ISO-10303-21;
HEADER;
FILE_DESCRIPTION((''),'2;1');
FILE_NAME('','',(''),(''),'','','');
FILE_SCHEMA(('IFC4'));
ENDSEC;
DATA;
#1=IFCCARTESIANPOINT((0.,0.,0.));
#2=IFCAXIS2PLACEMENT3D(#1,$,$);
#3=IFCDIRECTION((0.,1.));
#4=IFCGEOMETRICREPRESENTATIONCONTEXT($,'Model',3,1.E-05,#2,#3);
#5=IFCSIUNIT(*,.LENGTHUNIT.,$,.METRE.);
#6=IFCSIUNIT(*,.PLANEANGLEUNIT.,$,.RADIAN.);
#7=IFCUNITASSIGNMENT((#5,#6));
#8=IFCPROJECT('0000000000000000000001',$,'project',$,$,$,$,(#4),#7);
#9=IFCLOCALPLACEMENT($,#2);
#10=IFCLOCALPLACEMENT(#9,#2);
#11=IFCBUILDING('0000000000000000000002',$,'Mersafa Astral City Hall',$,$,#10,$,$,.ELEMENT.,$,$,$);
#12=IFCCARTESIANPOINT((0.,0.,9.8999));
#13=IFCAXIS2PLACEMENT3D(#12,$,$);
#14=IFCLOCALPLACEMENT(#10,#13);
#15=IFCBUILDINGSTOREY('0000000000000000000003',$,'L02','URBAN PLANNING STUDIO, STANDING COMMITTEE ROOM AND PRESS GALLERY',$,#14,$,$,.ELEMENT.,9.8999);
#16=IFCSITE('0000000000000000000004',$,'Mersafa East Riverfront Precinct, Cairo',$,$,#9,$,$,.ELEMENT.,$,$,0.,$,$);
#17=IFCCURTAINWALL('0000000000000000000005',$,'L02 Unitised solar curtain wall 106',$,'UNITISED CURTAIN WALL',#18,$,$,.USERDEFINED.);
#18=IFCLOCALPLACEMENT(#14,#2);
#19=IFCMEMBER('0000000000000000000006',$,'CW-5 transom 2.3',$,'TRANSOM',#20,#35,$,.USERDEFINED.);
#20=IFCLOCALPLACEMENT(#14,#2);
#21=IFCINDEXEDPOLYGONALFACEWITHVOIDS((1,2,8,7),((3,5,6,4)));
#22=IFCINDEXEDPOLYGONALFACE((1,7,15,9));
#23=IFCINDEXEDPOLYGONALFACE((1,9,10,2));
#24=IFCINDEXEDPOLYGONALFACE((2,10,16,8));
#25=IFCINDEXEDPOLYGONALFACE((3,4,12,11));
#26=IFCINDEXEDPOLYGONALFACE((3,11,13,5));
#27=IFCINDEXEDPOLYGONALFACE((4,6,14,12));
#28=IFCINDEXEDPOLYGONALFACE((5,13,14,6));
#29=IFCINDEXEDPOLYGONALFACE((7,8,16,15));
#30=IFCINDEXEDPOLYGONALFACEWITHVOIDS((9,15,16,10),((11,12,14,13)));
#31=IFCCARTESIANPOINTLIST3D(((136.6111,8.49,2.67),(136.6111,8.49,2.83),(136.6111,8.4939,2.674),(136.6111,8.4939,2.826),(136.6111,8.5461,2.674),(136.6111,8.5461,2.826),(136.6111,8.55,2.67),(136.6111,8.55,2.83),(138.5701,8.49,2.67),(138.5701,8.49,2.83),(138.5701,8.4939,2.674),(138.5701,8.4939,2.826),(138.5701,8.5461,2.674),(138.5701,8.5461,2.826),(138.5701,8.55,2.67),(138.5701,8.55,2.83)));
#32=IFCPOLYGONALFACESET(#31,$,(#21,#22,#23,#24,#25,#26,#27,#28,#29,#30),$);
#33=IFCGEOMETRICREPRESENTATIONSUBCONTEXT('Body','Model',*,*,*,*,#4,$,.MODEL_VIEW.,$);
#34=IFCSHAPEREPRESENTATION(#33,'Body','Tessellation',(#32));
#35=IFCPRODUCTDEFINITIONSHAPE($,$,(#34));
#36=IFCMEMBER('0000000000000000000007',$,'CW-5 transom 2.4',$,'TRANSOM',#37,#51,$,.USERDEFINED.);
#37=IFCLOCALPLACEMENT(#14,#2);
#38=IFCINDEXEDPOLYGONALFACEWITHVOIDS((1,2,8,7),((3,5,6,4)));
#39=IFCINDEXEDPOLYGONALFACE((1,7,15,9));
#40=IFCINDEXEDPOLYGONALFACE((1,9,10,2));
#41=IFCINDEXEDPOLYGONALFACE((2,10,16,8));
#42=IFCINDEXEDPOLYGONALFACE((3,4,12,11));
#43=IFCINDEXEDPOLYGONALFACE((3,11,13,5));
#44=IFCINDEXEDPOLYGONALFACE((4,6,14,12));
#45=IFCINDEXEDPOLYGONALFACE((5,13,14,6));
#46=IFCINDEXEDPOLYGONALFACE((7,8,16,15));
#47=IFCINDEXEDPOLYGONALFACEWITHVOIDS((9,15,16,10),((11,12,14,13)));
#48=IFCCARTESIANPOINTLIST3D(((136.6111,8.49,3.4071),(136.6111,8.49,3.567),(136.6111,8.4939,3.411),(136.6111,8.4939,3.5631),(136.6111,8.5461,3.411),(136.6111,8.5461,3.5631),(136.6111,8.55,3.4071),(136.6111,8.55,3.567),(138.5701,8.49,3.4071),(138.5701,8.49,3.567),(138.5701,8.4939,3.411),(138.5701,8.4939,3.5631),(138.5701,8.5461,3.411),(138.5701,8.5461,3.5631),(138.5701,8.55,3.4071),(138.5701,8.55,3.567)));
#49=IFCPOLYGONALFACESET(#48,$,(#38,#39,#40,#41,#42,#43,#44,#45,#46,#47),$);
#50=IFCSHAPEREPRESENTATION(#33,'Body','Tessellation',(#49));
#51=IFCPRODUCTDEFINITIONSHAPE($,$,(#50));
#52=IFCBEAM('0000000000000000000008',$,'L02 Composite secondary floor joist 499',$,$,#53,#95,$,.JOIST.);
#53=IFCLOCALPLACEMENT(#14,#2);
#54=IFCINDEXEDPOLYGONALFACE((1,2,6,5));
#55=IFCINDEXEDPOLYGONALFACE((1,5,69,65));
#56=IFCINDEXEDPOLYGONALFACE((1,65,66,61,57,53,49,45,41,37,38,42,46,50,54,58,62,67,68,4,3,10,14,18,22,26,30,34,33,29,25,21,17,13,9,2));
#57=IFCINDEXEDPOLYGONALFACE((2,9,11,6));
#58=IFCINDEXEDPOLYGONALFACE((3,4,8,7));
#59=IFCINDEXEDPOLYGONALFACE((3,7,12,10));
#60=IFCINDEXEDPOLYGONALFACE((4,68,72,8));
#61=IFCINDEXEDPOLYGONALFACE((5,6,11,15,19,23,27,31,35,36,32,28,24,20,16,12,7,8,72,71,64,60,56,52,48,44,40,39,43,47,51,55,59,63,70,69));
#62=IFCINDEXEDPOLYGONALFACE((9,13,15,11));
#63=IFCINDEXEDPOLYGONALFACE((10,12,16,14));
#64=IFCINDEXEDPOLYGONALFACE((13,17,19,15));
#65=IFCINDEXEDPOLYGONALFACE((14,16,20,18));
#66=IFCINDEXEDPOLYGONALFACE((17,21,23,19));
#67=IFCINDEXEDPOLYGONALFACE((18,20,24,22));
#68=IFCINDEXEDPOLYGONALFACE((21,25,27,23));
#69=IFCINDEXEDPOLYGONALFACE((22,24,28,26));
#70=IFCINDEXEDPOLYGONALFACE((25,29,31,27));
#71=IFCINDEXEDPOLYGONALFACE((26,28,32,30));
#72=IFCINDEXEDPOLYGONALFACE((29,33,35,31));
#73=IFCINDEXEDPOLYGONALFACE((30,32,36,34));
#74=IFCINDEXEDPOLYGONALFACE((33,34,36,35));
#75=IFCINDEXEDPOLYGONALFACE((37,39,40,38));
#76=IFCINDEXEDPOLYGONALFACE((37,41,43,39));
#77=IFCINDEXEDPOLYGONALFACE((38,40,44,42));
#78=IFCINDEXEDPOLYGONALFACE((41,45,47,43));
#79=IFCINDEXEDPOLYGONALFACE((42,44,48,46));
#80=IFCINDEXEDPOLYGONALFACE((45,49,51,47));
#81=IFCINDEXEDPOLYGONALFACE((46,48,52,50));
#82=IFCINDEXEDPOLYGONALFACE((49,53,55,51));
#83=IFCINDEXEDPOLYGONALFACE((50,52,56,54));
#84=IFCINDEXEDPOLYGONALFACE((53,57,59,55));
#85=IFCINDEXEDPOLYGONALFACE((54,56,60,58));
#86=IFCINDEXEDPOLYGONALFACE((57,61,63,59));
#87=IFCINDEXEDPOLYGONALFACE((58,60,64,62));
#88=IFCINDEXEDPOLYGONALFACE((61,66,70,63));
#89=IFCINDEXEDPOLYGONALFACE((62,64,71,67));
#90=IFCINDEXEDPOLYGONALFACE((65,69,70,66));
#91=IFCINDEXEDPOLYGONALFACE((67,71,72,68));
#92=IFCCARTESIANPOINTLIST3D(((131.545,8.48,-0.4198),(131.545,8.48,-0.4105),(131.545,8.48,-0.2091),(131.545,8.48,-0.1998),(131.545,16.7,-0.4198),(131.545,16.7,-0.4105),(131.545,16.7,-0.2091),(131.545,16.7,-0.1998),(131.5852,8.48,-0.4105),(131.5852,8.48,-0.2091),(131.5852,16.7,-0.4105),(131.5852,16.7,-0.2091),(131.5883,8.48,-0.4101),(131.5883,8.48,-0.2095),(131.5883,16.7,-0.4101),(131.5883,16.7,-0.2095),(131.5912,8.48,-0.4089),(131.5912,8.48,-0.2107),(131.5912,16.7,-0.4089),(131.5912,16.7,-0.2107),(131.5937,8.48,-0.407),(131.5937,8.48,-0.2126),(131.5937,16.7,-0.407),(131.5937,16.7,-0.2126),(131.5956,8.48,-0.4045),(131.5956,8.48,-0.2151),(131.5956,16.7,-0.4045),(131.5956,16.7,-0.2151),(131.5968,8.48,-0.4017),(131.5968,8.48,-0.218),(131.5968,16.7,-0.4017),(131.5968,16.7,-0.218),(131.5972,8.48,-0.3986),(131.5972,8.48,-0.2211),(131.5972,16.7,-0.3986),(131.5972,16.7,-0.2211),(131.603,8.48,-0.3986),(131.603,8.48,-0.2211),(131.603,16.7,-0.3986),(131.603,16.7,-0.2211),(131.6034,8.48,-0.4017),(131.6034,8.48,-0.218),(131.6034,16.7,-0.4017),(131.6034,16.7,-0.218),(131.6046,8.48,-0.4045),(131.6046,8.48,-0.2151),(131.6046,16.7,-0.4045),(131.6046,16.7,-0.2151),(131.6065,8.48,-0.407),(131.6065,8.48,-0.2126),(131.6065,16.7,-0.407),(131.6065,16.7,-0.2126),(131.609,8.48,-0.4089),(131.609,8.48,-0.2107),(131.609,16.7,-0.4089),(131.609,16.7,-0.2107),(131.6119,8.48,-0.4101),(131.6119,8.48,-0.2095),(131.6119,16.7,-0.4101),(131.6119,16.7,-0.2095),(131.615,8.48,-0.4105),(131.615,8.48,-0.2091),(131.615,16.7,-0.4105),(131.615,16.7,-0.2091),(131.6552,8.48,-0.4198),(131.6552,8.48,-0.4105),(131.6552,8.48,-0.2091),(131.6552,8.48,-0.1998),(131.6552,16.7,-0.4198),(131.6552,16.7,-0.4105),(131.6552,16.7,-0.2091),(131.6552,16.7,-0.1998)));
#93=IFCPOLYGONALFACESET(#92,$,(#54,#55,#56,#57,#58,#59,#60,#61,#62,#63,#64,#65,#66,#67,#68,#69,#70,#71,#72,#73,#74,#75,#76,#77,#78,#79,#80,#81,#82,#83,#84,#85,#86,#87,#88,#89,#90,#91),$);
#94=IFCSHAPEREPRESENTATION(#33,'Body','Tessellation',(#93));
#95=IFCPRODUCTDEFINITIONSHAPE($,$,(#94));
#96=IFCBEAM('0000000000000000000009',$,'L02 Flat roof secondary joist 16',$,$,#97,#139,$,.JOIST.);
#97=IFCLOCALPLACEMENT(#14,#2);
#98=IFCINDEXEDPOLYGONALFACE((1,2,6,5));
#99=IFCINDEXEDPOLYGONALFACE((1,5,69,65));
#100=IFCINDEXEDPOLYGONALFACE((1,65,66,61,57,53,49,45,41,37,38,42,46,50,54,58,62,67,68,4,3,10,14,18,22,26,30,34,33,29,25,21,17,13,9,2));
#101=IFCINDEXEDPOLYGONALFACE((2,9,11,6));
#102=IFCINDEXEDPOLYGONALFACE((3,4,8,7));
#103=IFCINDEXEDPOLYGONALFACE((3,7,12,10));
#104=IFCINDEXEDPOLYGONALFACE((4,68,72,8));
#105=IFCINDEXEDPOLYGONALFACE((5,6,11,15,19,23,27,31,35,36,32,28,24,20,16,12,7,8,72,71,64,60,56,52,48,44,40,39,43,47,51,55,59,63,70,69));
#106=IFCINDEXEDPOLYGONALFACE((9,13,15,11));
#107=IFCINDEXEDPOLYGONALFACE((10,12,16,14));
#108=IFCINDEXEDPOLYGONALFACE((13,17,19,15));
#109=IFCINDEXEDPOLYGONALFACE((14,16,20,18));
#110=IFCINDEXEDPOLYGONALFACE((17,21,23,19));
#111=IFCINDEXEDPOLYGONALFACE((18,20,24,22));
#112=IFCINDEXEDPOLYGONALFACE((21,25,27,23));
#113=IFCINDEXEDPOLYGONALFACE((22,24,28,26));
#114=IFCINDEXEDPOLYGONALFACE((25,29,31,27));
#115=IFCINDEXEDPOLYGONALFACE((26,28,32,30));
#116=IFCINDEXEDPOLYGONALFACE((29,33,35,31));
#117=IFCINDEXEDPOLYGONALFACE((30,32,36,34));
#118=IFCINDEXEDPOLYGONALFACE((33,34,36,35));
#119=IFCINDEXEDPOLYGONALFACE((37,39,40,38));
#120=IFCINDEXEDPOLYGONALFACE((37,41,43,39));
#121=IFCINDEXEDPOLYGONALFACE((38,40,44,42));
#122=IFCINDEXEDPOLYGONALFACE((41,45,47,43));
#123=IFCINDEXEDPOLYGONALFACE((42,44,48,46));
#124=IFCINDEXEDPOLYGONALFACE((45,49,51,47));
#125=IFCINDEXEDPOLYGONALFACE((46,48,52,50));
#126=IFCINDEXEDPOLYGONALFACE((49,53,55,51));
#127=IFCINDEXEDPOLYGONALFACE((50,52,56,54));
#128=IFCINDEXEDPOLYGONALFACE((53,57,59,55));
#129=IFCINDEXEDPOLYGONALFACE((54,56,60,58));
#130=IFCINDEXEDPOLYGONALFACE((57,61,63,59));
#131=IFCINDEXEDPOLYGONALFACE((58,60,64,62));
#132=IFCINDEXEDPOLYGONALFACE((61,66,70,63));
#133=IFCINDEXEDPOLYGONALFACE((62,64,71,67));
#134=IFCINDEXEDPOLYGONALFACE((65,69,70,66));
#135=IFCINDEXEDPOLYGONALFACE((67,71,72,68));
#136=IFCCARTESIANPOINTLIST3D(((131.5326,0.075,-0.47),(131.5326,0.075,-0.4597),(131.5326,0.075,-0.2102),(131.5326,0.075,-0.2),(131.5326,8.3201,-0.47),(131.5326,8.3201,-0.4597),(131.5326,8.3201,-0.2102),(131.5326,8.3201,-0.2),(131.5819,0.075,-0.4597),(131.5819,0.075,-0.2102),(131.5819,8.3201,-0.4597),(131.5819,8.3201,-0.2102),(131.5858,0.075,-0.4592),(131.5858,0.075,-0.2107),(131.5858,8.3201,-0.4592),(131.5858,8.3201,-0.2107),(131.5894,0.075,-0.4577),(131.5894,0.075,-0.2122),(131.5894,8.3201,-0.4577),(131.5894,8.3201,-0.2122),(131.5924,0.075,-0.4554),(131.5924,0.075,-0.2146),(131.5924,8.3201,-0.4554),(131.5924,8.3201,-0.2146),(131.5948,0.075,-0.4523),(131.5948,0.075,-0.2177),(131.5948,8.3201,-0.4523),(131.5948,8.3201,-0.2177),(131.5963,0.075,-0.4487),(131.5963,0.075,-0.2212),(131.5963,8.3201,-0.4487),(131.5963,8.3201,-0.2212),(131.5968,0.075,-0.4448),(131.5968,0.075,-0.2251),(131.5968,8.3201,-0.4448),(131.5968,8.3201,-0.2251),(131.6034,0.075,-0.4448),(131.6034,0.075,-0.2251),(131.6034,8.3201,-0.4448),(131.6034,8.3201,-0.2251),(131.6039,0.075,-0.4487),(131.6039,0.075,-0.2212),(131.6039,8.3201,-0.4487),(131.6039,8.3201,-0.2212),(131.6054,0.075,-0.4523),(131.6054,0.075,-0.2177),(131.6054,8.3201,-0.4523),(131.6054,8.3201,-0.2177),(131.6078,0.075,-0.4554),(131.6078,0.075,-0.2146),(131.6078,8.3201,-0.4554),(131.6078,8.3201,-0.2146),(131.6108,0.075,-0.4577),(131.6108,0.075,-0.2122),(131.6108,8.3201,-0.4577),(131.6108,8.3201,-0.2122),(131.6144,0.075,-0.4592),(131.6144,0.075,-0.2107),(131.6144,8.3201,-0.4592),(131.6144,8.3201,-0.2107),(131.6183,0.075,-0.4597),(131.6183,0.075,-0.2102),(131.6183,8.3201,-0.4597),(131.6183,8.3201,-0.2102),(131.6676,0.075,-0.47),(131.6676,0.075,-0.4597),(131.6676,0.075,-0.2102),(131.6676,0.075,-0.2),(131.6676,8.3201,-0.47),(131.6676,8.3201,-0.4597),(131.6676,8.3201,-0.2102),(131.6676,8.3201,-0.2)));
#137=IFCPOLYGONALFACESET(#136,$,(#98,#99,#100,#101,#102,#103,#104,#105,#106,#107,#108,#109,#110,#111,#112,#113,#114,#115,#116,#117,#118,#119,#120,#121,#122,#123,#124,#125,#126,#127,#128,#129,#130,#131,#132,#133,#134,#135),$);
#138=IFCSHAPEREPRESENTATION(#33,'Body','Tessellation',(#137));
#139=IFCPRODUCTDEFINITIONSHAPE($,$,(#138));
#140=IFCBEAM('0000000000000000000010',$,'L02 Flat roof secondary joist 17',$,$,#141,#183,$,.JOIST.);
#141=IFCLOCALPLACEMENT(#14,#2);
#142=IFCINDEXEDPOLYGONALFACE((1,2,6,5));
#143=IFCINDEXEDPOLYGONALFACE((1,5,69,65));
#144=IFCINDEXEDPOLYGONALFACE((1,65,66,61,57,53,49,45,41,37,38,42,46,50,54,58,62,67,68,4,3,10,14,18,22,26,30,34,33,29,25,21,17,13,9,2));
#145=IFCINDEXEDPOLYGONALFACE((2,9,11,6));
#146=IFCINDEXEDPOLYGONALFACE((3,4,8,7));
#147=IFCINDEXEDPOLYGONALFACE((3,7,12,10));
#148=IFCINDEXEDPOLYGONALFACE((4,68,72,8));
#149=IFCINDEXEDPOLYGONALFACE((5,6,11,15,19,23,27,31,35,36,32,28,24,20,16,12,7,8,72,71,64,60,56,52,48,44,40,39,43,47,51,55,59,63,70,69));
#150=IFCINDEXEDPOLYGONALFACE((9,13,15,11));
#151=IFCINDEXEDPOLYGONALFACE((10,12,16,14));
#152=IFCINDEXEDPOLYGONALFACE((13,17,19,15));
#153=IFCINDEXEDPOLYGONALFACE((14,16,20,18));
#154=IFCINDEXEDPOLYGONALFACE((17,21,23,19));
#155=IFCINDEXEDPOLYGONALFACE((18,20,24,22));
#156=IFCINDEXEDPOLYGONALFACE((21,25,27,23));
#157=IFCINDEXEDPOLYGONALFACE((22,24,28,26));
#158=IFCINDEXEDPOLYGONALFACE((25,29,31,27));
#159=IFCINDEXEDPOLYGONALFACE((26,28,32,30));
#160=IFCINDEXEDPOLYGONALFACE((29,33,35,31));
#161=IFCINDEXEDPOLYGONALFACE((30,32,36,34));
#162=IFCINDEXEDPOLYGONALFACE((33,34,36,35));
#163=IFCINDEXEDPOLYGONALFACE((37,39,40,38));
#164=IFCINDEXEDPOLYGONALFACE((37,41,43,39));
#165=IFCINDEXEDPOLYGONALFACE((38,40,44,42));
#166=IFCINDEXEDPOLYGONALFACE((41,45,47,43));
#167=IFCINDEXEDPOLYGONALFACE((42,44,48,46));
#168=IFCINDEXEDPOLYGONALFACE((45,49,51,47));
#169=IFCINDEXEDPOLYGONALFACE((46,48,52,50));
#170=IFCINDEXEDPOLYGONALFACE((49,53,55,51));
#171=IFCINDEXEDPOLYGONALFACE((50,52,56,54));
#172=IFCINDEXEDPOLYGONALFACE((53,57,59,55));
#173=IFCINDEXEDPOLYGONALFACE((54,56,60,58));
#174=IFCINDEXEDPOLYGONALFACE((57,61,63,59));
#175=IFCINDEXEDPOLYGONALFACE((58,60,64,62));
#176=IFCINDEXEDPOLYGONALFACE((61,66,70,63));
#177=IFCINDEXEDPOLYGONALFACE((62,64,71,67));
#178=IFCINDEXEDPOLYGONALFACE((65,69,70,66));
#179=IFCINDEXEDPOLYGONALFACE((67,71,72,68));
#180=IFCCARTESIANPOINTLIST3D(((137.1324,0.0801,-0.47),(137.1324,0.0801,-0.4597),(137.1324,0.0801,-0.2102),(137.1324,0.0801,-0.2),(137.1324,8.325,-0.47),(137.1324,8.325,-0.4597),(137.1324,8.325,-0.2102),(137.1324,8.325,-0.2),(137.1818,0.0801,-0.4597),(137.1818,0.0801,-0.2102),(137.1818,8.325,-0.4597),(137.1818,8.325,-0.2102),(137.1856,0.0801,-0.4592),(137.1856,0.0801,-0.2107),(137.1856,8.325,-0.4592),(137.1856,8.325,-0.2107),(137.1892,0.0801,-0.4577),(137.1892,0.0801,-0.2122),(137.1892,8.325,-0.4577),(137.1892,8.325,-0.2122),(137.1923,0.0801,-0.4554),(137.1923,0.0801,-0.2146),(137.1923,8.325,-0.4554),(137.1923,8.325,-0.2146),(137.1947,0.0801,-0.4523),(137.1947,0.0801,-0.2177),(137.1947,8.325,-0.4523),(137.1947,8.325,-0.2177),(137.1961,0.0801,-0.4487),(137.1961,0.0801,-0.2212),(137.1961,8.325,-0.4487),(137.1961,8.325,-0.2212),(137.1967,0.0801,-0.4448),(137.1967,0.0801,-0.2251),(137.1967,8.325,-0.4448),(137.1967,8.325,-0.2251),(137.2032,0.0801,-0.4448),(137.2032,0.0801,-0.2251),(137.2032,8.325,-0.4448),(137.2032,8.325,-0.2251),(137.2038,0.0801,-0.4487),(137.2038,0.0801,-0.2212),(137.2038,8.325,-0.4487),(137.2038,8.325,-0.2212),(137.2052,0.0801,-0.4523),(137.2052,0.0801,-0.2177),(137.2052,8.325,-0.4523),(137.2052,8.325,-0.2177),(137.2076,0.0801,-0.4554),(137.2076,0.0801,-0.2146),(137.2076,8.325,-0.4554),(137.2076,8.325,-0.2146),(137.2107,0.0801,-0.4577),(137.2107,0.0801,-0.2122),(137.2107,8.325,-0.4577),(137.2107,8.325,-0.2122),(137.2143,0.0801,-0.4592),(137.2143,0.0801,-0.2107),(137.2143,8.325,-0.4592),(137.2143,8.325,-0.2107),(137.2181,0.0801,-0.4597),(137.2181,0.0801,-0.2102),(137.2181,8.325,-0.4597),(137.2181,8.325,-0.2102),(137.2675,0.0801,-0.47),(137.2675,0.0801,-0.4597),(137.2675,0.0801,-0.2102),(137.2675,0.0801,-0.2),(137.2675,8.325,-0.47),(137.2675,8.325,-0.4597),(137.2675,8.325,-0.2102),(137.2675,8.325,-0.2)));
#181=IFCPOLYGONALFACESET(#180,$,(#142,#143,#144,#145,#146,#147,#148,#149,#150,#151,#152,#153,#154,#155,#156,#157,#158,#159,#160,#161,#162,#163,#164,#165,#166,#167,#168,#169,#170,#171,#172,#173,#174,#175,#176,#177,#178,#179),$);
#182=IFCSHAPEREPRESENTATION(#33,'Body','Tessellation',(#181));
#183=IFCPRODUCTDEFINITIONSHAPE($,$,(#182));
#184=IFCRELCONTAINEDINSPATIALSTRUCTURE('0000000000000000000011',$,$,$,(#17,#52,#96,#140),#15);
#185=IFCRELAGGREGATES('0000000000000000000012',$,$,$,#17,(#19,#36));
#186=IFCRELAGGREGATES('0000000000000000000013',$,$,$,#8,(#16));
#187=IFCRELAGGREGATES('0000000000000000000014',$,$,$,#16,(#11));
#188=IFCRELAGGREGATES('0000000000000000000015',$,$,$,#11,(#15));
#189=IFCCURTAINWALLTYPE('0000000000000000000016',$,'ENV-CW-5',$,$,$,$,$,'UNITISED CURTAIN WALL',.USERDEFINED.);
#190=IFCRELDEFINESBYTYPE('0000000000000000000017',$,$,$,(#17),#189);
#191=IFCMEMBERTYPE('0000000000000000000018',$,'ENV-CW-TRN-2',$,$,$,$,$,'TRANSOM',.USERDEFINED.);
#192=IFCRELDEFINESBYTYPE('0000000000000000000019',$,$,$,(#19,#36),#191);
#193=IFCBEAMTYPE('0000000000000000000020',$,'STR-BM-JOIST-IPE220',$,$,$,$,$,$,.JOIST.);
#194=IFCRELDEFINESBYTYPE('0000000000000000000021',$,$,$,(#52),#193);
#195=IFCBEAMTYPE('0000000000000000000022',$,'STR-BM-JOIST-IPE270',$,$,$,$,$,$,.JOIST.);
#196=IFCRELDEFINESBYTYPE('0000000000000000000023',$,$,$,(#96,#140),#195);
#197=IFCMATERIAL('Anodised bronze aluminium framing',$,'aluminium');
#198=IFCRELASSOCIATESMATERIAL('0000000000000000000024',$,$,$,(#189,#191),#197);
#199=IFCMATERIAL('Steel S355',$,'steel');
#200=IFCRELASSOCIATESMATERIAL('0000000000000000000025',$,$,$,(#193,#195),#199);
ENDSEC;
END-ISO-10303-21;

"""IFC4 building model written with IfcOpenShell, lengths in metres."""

from ifc_helpers import new_model, si_unit, direction, frame, origin, origin_2d, place, context, subcontext, project, spatial, hollow_rectangle, i_section, extrude, material, material_profile, profile_set, type_object, element, aggregate, save


model = new_model("IFC4")

# Units and contexts
model_context = context("Model", 3, precision=1e-05, world=origin(), true_north=direction((0.0, 1.0)))
body_context = subcontext(model_context, "Body", "Model", "MODEL_VIEW")
ifc_project = project(units=[si_unit("LENGTHUNIT", "METRE"), si_unit("PLANEANGLEUNIT", "RADIAN")], contexts=[model_context])

# Site, building, storey
site_placement = place(None, origin())
site = spatial("IfcSite", under=ifc_project, at=site_placement, Name="Mersafa East Riverfront Precinct, Cairo", CompositionType="ELEMENT", RefElevation=0.0)
building_placement = place(site_placement, origin())
building = spatial("IfcBuilding", under=site, at=building_placement, Name="Mersafa Astral City Hall", CompositionType="ELEMENT")
storey_placement = place(building_placement, frame((0.0, 0.0, 9.8999)))
storey = spatial("IfcBuildingStorey", under=building, at=storey_placement, Name="L02", Description="URBAN PLANNING STUDIO, STANDING COMMITTEE ROOM AND PRESS GALLERY", CompositionType="ELEMENT", Elevation=9.8999)

# Shared definitions
ifc_material_1 = material(Name="Steel S355", Category="steel")

# Curtain wall, members
ifc_material_2 = material(Name="Anodised bronze aluminium framing", Category="aluminium")
curtain_wall_type = type_object("IfcCurtainWallType", Name="ENV-CW-5", ElementType="UNITISED CURTAIN WALL", PredefinedType="USERDEFINED", material=ifc_material_2)
curtain_wall_placement = place(storey_placement, origin())
curtain_wall = element("IfcCurtainWall", 1, at=curtain_wall_placement, inside=storey, type_object=curtain_wall_type, Name="L02 Unitised solar curtain wall 106", ObjectType="UNITISED CURTAIN WALL", PredefinedType="USERDEFINED")
ifc_material_profile_1 = material_profile(ifc_material_2, hollow_rectangle(XDim=0.0601, YDim=0.1599, WallThickness=0.0039, at=origin_2d()), Name="RHS 60x160x4")
ifc_profile_set_1 = profile_set([ifc_material_profile_1], Name="Anodised bronze aluminium framing")
member_type_1 = type_object("IfcMemberType", Name="ENV-CW-TRN-2", ElementType="TRANSOM", PredefinedType="USERDEFINED", material=ifc_profile_set_1)
member_1_placement = place(storey_placement, frame((136.6111, 8.52, 2.75), z_axis=(1.0, 0.0, 0.0), x_axis=(0.0, 1.0, 0.0)))
member_1 = element("IfcMember", 2, at=member_1_placement, type_object=member_type_1, Name="CW-5 transom 2.3", ObjectType="TRANSOM", PredefinedType="USERDEFINED", context=body_context, shape_type="SweptSolid", body=[
    extrude(hollow_rectangle(XDim=0.0601, YDim=0.1599, WallThickness=0.0039, at=origin_2d()), origin(), (0.0, 0.0, 1.0), 1.959),
])
member_2_placement = place(storey_placement, frame((136.6111, 8.52, 3.4871), z_axis=(1.0, 0.0, 0.0), x_axis=(0.0, 1.0, 0.0)))
member_2 = element("IfcMember", 3, at=member_2_placement, type_object=member_type_1, Name="CW-5 transom 2.4", ObjectType="TRANSOM", PredefinedType="USERDEFINED", context=body_context, shape_type="SweptSolid", body=[
    extrude(hollow_rectangle(XDim=0.0601, YDim=0.1599, WallThickness=0.0039, at=origin_2d()), origin(), (0.0, 0.0, 1.0), 1.959),
])

# Beams
ifc_material_profile_2 = material_profile(ifc_material_1, i_section(OverallWidth=0.1101, OverallDepth=0.22, WebThickness=0.0059, FlangeThickness=0.0093, FilletRadius=0.012, at=origin_2d()), Name="IPE 220")
ifc_profile_set_2 = profile_set([ifc_material_profile_2], Name="Steel S355")
beam_type_1 = type_object("IfcBeamType", Name="STR-BM-JOIST-IPE220", PredefinedType="JOIST", material=ifc_profile_set_2)
beam_1_placement = place(storey_placement, frame((131.6001, 8.48, -0.3098), z_axis=(0.0, 1.0, 0.0), x_axis=(-1.0, 0.0, 0.0)))
element("IfcBeam", 4, at=beam_1_placement, inside=storey, type_object=beam_type_1, Name="L02 Composite secondary floor joist 499", PredefinedType="JOIST", context=body_context, shape_type="SweptSolid", body=[
    extrude(i_section(OverallWidth=0.1101, OverallDepth=0.22, WebThickness=0.0059, FlangeThickness=0.0093, FilletRadius=0.012, at=origin_2d()), origin(), (0.0, 0.0, 1.0), 8.22),
])
ifc_material_profile_3 = material_profile(ifc_material_1, i_section(OverallWidth=0.135, OverallDepth=0.27, WebThickness=0.0066, FlangeThickness=0.0103, FilletRadius=0.0149, at=origin_2d()), Name="IPE 270")
ifc_profile_set_3 = profile_set([ifc_material_profile_3], Name="Steel S355")
beam_type_2 = type_object("IfcBeamType", Name="STR-BM-JOIST-IPE270", PredefinedType="JOIST", material=ifc_profile_set_3)
beam_2_placement = place(storey_placement, frame((131.6001, 0.075, -0.335), z_axis=(0.0, 1.0, 0.0), x_axis=(-1.0, 0.0, 0.0)))
element("IfcBeam", 5, at=beam_2_placement, inside=storey, type_object=beam_type_2, Name="L02 Flat roof secondary joist 16", PredefinedType="JOIST", context=body_context, shape_type="SweptSolid", body=[
    extrude(i_section(OverallWidth=0.135, OverallDepth=0.27, WebThickness=0.0066, FlangeThickness=0.0103, FilletRadius=0.0149, at=origin_2d()), origin(), (0.0, 0.0, 1.0), 8.2451),
])
beam_3_placement = place(storey_placement, frame((137.2, 0.0801, -0.335), z_axis=(0.0, 1.0, 0.0), x_axis=(-1.0, 0.0, 0.0)))
element("IfcBeam", 6, at=beam_3_placement, inside=storey, type_object=beam_type_2, Name="L02 Flat roof secondary joist 17", PredefinedType="JOIST", context=body_context, shape_type="SweptSolid", body=[
    extrude(i_section(OverallWidth=0.135, OverallDepth=0.27, WebThickness=0.0066, FlangeThickness=0.0103, FilletRadius=0.0149, at=origin_2d()), origin(), (0.0, 0.0, 1.0), 8.2449),
])

aggregate(curtain_wall, [member_1, member_2])

save(model, "model.ifc")
